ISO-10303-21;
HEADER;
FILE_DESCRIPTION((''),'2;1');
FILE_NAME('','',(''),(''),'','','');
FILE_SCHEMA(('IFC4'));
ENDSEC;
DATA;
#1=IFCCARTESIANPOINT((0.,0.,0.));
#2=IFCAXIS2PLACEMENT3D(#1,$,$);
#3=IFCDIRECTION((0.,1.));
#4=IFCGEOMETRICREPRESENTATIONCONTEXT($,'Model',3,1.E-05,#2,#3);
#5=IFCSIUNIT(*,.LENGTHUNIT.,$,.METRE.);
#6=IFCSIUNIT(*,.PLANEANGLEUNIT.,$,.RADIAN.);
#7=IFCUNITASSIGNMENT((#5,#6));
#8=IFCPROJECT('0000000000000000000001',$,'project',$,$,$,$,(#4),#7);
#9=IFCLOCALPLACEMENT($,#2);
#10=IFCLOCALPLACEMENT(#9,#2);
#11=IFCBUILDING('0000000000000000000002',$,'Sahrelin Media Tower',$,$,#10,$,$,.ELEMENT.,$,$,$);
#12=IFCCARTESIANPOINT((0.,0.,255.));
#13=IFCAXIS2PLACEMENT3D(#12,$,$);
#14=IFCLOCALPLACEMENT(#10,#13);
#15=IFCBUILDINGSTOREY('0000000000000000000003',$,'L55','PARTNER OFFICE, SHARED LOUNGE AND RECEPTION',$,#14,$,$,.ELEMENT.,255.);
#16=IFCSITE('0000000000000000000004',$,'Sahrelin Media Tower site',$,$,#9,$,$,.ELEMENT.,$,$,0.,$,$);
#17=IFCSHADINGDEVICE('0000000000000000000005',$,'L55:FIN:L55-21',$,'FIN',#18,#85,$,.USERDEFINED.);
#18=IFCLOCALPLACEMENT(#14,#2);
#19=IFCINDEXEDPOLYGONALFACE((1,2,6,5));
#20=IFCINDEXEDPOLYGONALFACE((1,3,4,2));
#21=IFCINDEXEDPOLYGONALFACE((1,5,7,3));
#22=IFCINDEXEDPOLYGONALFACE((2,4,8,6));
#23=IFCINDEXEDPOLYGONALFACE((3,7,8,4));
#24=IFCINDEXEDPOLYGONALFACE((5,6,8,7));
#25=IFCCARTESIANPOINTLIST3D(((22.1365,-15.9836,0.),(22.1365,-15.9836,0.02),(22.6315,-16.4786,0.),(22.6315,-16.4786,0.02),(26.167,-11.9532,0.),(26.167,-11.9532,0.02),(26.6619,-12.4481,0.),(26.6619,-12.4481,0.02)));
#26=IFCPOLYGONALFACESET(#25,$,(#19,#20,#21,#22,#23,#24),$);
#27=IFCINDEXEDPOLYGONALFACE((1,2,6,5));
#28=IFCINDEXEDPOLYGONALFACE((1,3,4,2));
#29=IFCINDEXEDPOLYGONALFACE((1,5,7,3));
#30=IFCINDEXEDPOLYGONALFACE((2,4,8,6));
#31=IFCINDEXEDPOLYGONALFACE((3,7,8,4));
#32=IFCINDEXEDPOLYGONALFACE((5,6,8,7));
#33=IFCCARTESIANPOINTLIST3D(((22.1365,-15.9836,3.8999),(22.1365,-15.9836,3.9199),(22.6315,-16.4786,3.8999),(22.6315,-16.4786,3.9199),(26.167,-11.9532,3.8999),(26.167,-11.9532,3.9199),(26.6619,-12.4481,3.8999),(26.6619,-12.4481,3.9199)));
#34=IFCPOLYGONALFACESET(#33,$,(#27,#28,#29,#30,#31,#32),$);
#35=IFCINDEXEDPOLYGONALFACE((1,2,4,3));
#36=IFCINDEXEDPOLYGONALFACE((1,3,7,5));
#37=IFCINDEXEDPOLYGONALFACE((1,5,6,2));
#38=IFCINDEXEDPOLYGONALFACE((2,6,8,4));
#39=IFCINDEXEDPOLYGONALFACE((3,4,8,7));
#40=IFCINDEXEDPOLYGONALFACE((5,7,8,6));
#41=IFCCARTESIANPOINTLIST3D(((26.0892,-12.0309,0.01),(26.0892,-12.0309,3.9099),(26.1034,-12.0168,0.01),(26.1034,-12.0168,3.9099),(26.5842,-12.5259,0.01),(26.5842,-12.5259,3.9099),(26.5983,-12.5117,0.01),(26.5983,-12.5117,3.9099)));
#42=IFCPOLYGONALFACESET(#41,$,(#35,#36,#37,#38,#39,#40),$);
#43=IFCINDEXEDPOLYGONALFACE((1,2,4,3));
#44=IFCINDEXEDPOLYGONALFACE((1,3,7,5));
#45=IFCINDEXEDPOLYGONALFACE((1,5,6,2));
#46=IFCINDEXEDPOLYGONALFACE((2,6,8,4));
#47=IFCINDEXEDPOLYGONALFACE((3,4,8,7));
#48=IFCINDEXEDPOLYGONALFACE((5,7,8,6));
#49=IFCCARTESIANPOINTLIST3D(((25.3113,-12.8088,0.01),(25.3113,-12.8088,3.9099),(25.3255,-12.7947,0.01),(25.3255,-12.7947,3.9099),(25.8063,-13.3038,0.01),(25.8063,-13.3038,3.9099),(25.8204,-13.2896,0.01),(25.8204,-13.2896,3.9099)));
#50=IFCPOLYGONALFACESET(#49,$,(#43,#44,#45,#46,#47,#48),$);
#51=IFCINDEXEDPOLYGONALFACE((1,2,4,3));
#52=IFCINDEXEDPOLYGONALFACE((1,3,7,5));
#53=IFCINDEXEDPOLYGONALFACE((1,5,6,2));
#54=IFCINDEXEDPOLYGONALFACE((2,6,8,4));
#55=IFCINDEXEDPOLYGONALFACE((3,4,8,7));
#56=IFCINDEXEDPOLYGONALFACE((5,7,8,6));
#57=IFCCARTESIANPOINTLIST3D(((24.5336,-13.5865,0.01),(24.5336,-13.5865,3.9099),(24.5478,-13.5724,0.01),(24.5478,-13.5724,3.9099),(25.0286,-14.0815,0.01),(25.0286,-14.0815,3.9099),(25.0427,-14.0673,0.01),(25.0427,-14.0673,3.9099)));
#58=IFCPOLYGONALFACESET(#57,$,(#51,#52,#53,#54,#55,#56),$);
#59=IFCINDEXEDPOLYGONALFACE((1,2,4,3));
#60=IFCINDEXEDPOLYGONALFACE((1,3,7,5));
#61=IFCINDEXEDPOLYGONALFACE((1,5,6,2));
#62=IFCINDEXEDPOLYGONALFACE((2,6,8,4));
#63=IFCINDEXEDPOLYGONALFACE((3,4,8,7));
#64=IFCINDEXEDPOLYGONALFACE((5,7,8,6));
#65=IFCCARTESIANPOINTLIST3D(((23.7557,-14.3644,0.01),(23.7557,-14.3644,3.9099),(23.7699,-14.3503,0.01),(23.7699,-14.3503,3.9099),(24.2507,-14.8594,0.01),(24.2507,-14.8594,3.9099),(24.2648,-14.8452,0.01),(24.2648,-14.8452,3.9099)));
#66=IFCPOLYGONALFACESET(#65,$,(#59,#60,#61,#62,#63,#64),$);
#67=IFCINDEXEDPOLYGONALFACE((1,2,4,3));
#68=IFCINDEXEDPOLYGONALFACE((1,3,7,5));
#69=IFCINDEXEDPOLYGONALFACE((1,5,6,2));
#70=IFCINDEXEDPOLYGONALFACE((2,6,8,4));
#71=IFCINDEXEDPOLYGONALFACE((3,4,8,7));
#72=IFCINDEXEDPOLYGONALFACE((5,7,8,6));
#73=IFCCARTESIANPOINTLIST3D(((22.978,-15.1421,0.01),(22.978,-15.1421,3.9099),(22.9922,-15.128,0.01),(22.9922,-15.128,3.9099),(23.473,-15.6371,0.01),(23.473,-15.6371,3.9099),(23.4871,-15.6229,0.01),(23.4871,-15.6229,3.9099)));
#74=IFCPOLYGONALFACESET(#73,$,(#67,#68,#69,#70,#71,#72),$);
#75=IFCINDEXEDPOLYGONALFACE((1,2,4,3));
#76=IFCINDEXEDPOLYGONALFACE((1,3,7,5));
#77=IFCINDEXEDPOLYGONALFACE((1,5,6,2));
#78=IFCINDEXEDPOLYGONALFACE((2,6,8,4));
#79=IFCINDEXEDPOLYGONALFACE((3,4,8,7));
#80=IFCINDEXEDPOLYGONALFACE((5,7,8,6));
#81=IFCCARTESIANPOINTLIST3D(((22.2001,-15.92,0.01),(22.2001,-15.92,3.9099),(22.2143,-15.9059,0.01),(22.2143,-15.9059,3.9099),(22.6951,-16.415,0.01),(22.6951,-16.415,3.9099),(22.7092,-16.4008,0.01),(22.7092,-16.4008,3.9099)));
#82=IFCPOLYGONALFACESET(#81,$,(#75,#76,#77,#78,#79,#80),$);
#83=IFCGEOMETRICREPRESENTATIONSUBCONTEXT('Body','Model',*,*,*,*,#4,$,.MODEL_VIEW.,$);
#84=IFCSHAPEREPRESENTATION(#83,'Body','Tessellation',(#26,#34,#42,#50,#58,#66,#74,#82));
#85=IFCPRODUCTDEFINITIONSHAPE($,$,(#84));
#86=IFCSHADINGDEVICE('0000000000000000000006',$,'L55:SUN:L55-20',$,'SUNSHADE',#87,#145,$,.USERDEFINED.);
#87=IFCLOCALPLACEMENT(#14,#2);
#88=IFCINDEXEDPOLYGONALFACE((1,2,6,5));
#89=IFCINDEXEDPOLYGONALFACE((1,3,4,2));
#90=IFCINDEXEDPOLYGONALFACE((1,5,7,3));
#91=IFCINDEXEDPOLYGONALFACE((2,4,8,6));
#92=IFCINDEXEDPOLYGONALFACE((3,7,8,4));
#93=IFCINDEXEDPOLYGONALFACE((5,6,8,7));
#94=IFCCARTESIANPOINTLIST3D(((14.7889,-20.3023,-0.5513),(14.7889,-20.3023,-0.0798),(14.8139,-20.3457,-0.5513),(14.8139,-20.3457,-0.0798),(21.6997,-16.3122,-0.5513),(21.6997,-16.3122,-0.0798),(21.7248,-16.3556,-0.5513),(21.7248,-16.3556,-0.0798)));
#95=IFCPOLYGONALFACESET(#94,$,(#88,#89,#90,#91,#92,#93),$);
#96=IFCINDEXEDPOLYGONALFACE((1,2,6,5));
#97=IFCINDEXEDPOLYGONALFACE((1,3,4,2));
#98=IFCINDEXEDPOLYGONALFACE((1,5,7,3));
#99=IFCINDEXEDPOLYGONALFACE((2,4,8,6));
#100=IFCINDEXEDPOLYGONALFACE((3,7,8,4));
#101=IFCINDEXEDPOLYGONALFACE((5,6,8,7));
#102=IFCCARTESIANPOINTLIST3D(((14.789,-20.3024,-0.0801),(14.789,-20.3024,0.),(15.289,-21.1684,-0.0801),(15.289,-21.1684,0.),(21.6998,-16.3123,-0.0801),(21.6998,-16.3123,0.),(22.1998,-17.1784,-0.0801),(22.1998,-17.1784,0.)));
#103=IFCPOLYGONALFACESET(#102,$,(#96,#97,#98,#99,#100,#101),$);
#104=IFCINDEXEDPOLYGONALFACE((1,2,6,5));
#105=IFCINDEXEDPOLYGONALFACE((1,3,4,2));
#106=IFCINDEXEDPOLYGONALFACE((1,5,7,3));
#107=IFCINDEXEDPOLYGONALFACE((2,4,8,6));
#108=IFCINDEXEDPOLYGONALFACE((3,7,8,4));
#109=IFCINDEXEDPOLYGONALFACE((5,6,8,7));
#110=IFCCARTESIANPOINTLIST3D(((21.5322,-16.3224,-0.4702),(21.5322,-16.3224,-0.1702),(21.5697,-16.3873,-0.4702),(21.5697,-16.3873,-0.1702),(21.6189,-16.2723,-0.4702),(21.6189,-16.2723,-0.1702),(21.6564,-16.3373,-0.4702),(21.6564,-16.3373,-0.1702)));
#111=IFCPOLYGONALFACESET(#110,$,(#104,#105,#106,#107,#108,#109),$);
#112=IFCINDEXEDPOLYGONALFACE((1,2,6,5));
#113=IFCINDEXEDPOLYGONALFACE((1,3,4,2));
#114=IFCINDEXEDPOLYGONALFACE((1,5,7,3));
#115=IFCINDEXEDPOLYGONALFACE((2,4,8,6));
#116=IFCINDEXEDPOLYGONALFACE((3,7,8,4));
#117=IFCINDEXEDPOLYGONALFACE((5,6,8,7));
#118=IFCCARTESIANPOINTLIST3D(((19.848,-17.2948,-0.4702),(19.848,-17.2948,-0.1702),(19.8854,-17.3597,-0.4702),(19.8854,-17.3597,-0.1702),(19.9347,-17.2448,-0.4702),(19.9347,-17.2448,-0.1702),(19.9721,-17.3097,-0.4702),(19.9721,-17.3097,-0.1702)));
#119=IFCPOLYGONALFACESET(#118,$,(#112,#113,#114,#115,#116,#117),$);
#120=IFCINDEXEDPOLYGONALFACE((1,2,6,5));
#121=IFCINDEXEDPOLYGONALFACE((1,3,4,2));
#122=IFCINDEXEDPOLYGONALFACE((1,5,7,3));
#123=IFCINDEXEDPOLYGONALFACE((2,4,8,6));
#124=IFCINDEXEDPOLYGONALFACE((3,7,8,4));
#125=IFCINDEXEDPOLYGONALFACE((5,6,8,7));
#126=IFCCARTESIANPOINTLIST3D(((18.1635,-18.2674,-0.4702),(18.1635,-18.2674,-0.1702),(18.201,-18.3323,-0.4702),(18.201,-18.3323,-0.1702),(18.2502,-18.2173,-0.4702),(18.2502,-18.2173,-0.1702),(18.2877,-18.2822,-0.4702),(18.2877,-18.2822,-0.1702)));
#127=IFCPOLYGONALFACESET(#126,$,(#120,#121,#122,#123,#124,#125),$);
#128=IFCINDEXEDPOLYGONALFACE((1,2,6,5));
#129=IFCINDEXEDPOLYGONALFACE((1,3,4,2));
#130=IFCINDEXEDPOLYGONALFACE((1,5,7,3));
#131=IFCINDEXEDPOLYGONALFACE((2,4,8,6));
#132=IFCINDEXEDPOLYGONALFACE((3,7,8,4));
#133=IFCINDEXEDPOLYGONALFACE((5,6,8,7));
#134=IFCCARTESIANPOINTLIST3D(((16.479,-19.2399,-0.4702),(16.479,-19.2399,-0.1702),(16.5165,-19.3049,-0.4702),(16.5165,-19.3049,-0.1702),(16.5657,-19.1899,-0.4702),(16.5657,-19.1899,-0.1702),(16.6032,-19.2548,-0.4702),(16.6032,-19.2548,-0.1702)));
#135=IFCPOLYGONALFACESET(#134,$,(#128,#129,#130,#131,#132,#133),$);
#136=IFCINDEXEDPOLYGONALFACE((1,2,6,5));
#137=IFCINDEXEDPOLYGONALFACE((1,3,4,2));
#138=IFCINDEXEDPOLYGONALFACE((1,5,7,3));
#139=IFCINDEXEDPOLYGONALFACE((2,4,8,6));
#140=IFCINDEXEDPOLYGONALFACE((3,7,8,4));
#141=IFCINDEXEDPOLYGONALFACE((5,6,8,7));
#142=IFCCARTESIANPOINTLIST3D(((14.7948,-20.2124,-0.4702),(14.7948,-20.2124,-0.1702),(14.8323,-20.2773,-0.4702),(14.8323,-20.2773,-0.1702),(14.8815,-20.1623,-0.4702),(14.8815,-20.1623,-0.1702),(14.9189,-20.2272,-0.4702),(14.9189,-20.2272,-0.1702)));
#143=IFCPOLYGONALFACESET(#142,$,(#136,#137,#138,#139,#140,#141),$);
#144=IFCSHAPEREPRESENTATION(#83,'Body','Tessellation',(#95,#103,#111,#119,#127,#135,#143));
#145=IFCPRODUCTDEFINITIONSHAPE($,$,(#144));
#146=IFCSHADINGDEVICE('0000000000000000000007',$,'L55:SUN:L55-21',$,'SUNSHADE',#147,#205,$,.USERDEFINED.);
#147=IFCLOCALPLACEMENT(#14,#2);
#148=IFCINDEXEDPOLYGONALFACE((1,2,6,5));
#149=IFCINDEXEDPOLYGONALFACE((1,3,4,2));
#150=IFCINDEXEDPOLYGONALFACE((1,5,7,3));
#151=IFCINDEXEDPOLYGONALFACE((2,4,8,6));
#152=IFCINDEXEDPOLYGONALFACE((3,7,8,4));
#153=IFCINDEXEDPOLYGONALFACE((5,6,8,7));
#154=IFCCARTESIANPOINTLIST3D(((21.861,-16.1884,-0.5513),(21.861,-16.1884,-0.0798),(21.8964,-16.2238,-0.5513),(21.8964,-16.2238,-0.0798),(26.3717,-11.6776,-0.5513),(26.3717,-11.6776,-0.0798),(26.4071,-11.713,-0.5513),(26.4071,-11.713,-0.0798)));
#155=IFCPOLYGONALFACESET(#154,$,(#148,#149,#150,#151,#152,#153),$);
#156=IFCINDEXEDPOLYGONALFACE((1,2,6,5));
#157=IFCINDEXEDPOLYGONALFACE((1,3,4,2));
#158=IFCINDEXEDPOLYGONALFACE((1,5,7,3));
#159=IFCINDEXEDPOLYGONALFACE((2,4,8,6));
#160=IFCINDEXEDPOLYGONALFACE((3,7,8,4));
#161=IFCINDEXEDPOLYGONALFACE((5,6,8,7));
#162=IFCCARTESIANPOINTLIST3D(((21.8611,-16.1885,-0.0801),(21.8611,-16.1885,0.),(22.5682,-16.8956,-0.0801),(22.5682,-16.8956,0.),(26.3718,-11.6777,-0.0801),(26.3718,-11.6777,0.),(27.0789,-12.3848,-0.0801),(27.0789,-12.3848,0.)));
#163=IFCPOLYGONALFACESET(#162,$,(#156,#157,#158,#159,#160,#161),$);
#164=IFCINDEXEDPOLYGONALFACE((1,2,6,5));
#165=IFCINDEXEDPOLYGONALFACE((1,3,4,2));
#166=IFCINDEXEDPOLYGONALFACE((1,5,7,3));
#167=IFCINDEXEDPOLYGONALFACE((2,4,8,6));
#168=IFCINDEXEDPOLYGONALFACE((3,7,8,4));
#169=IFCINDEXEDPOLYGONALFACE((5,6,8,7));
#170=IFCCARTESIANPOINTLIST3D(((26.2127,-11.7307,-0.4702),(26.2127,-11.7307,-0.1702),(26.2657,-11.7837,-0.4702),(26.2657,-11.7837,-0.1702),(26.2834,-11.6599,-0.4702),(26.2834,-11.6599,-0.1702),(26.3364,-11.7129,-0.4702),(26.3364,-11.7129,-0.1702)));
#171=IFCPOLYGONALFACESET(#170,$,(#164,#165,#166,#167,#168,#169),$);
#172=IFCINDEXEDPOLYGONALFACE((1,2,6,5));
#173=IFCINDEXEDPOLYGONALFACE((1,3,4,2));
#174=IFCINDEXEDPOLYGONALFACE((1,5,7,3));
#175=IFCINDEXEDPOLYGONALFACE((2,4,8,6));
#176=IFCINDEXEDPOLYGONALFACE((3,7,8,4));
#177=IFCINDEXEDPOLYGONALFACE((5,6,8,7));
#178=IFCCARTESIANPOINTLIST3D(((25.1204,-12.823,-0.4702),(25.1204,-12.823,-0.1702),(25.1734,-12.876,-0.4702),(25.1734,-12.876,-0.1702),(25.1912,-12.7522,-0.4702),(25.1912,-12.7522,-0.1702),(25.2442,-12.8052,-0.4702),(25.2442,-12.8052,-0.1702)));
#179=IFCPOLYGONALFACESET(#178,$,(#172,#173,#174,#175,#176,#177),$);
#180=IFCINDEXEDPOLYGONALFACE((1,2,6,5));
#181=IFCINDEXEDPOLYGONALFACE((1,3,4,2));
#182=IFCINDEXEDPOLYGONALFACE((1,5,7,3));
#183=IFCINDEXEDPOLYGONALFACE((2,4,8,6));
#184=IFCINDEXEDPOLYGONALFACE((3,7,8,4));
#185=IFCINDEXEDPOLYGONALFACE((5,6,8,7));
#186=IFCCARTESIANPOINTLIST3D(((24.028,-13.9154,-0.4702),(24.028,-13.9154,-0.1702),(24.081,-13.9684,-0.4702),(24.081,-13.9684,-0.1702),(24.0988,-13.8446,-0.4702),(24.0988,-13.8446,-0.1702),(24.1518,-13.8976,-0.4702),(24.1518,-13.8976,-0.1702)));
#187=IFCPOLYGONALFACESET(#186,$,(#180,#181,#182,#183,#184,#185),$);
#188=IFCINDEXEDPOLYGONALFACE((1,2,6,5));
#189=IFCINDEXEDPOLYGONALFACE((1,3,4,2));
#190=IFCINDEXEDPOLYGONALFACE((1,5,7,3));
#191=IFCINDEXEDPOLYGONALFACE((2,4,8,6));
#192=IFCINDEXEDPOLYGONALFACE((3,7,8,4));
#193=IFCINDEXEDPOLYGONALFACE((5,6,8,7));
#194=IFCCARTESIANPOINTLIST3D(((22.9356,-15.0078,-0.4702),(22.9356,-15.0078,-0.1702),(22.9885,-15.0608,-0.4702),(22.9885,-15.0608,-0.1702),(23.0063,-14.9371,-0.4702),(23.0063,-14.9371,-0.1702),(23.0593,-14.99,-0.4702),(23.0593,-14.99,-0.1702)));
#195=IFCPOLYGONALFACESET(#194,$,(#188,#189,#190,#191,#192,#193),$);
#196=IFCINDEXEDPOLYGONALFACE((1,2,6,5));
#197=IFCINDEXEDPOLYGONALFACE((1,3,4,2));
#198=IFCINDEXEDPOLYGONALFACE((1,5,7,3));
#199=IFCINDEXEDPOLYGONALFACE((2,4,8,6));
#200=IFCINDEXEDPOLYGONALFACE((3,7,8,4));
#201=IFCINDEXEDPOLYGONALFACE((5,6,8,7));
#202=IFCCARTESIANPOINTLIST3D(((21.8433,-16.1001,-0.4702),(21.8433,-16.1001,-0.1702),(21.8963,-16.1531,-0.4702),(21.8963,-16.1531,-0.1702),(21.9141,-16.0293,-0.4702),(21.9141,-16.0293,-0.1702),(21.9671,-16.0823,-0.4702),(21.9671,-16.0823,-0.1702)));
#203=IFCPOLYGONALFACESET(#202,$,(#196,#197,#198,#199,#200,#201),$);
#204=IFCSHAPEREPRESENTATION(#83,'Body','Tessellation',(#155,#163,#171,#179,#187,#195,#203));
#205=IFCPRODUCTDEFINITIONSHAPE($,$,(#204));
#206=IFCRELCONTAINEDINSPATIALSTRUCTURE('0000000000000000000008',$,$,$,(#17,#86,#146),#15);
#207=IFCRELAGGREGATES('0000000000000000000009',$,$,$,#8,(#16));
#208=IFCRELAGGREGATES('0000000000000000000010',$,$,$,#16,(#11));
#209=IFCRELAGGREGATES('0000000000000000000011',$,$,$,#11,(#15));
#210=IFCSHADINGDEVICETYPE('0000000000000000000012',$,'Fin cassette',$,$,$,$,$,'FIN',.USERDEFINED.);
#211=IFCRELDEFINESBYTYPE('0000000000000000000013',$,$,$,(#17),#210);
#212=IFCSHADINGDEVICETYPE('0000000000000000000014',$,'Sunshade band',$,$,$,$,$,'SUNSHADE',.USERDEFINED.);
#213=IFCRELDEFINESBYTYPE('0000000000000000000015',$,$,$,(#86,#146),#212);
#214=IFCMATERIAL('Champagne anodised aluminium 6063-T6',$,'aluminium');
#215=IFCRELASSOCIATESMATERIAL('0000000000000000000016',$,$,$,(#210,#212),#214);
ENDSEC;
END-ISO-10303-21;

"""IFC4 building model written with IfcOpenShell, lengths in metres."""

from ifc_helpers import new_model, si_unit, direction, frame, origin, origin_2d, place, context, subcontext, project, spatial, rectangle, extrude, material, type_object, element, save


model = new_model("IFC4")

# Units and contexts
model_context = context("Model", 3, precision=1e-05, world=origin(), true_north=direction((0.0, 1.0)))
body_context = subcontext(model_context, "Body", "Model", "MODEL_VIEW")
ifc_project = project(units=[si_unit("LENGTHUNIT", "METRE"), si_unit("PLANEANGLEUNIT", "RADIAN")], contexts=[model_context])

# Site, building, storey
site_placement = place(None, origin())
site = spatial("IfcSite", under=ifc_project, at=site_placement, Name="Sahrelin Media Tower site", CompositionType="ELEMENT", RefElevation=0.0)
building_placement = place(site_placement, origin())
building = spatial("IfcBuilding", under=site, at=building_placement, Name="Sahrelin Media Tower", CompositionType="ELEMENT")
storey_placement = place(building_placement, frame((0.0, 0.0, 255.0)))
storey = spatial("IfcBuildingStorey", under=building, at=storey_placement, Name="L55", Description="PARTNER OFFICE, SHARED LOUNGE AND RECEPTION", CompositionType="ELEMENT", Elevation=255.0)

# Shared definitions
ifc_material_1 = material(Name="Champagne anodised aluminium 6063-T6", Category="aluminium")

# Shading devices
shading_device_type_1 = type_object("IfcShadingDeviceType", Name="Fin cassette", ElementType="FIN", PredefinedType="USERDEFINED", material=ifc_material_1)
placement_1 = place(storey_placement, frame((18.2344, -18.29, 0.0), z_axis=(0.0, 0.0, 1.0), x_axis=(-0.866019, -0.500011, 0.0)))
placement_2 = place(storey_placement, frame((24.1023, -13.9189, 0.0), z_axis=(0.0, 0.0, 1.0), x_axis=(-0.707107, -0.707107, 0.0)))
element("IfcShadingDevice", 1, at=placement_2, inside=storey, type_object=shading_device_type_1, Name="L55:FIN:L55-21", ObjectType="FIN", PredefinedType="USERDEFINED", context=body_context, shape_type="SweptSolid", body=[
    extrude(rectangle(XDim=5.7, YDim=0.7, at=origin_2d()), frame((0.0, 0.4199, 0.0)), (0.0, 0.0, 1.0), 0.02),
    extrude(rectangle(XDim=5.7, YDim=0.7, at=origin_2d()), frame((0.0, 0.4199, 3.8999)), (0.0, 0.0, 1.0), 0.02),
    extrude(rectangle(XDim=0.02, YDim=0.7, at=origin_2d()), frame((-2.75, 0.4199, 0.01), z_axis=(0.0, 0.0, 1.0), x_axis=(1.0, 0.0, 0.0)), (0.0, 0.0, 1.0), 3.8999),
    extrude(rectangle(XDim=0.02, YDim=0.7, at=origin_2d()), frame((-1.6499, 0.4199, 0.01), z_axis=(0.0, 0.0, 1.0), x_axis=(1.0, 0.0, 0.0)), (0.0, 0.0, 1.0), 3.8999),
    extrude(rectangle(XDim=0.02, YDim=0.7, at=origin_2d()), frame((-0.55, 0.4199, 0.01), z_axis=(0.0, 0.0, 1.0), x_axis=(1.0, 0.0, 0.0)), (0.0, 0.0, 1.0), 3.8999),
    extrude(rectangle(XDim=0.02, YDim=0.7, at=origin_2d()), frame((0.55, 0.4199, 0.01), z_axis=(0.0, 0.0, 1.0), x_axis=(1.0, 0.0, 0.0)), (0.0, 0.0, 1.0), 3.8999),
    extrude(rectangle(XDim=0.02, YDim=0.7, at=origin_2d()), frame((1.6499, 0.4199, 0.01), z_axis=(0.0, 0.0, 1.0), x_axis=(1.0, 0.0, 0.0)), (0.0, 0.0, 1.0), 3.8999),
    extrude(rectangle(XDim=0.02, YDim=0.7, at=origin_2d()), frame((2.75, 0.4199, 0.01), z_axis=(0.0, 0.0, 1.0), x_axis=(1.0, 0.0, 0.0)), (0.0, 0.0, 1.0), 3.8999),
])
shading_device_type_2 = type_object("IfcShadingDeviceType", Name="Sunshade band", ElementType="SUNSHADE", PredefinedType="USERDEFINED", material=ifc_material_1)
element("IfcShadingDevice", 2, at=placement_1, inside=storey, type_object=shading_device_type_2, Name="L55:SUN:L55-20", ObjectType="SUNSHADE", PredefinedType="USERDEFINED", context=body_context, shape_type="SweptSolid", body=[
    extrude(rectangle(XDim=7.98, YDim=0.05, at=origin_2d()), frame((0.0, 0.0449, -0.5513)), (0.0, 0.0, 1.0), 0.4714),
    extrude(rectangle(XDim=7.98, YDim=1.0, at=origin_2d()), frame((0.0, 0.52, -0.0801)), (0.0, 0.0, 1.0), 0.0801),
    extrude(rectangle(XDim=0.1001, YDim=0.075, at=origin_2d()), frame((-3.8899, -0.0176, -0.4702)), (0.0, 0.0, 1.0), 0.3),
    extrude(rectangle(XDim=0.1001, YDim=0.075, at=origin_2d()), frame((-1.9451, -0.0176, -0.4702)), (0.0, 0.0, 1.0), 0.3),
    extrude(rectangle(XDim=0.1001, YDim=0.075, at=origin_2d()), frame((0.0, -0.0176, -0.4702)), (0.0, 0.0, 1.0), 0.3),
    extrude(rectangle(XDim=0.1001, YDim=0.075, at=origin_2d()), frame((1.9451, -0.0176, -0.4702)), (0.0, 0.0, 1.0), 0.3),
    extrude(rectangle(XDim=0.1001, YDim=0.075, at=origin_2d()), frame((3.8899, -0.0176, -0.4702)), (0.0, 0.0, 1.0), 0.3),
])
element("IfcShadingDevice", 3, at=placement_2, inside=storey, type_object=shading_device_type_2, Name="L55:SUN:L55-21", ObjectType="SUNSHADE", PredefinedType="USERDEFINED", context=body_context, shape_type="SweptSolid", body=[
    extrude(rectangle(XDim=6.3792, YDim=0.05, at=origin_2d()), frame((0.0, 0.0449, -0.5513)), (0.0, 0.0, 1.0), 0.4714),
    extrude(rectangle(XDim=6.3792, YDim=1.0, at=origin_2d()), frame((0.0, 0.52, -0.0801)), (0.0, 0.0, 1.0), 0.0801),
    extrude(rectangle(XDim=0.1001, YDim=0.075, at=origin_2d()), frame((-3.0896, -0.0176, -0.4702)), (0.0, 0.0, 1.0), 0.3),
    extrude(rectangle(XDim=0.1001, YDim=0.075, at=origin_2d()), frame((-1.5449, -0.0176, -0.4702)), (0.0, 0.0, 1.0), 0.3),
    extrude(rectangle(XDim=0.1001, YDim=0.075, at=origin_2d()), frame((0.0, -0.0176, -0.4702)), (0.0, 0.0, 1.0), 0.3),
    extrude(rectangle(XDim=0.1001, YDim=0.075, at=origin_2d()), frame((1.5449, -0.0176, -0.4702)), (0.0, 0.0, 1.0), 0.3),
    extrude(rectangle(XDim=0.1001, YDim=0.075, at=origin_2d()), frame((3.0896, -0.0176, -0.4702)), (0.0, 0.0, 1.0), 0.3),
])

save(model, "model.ifc")
